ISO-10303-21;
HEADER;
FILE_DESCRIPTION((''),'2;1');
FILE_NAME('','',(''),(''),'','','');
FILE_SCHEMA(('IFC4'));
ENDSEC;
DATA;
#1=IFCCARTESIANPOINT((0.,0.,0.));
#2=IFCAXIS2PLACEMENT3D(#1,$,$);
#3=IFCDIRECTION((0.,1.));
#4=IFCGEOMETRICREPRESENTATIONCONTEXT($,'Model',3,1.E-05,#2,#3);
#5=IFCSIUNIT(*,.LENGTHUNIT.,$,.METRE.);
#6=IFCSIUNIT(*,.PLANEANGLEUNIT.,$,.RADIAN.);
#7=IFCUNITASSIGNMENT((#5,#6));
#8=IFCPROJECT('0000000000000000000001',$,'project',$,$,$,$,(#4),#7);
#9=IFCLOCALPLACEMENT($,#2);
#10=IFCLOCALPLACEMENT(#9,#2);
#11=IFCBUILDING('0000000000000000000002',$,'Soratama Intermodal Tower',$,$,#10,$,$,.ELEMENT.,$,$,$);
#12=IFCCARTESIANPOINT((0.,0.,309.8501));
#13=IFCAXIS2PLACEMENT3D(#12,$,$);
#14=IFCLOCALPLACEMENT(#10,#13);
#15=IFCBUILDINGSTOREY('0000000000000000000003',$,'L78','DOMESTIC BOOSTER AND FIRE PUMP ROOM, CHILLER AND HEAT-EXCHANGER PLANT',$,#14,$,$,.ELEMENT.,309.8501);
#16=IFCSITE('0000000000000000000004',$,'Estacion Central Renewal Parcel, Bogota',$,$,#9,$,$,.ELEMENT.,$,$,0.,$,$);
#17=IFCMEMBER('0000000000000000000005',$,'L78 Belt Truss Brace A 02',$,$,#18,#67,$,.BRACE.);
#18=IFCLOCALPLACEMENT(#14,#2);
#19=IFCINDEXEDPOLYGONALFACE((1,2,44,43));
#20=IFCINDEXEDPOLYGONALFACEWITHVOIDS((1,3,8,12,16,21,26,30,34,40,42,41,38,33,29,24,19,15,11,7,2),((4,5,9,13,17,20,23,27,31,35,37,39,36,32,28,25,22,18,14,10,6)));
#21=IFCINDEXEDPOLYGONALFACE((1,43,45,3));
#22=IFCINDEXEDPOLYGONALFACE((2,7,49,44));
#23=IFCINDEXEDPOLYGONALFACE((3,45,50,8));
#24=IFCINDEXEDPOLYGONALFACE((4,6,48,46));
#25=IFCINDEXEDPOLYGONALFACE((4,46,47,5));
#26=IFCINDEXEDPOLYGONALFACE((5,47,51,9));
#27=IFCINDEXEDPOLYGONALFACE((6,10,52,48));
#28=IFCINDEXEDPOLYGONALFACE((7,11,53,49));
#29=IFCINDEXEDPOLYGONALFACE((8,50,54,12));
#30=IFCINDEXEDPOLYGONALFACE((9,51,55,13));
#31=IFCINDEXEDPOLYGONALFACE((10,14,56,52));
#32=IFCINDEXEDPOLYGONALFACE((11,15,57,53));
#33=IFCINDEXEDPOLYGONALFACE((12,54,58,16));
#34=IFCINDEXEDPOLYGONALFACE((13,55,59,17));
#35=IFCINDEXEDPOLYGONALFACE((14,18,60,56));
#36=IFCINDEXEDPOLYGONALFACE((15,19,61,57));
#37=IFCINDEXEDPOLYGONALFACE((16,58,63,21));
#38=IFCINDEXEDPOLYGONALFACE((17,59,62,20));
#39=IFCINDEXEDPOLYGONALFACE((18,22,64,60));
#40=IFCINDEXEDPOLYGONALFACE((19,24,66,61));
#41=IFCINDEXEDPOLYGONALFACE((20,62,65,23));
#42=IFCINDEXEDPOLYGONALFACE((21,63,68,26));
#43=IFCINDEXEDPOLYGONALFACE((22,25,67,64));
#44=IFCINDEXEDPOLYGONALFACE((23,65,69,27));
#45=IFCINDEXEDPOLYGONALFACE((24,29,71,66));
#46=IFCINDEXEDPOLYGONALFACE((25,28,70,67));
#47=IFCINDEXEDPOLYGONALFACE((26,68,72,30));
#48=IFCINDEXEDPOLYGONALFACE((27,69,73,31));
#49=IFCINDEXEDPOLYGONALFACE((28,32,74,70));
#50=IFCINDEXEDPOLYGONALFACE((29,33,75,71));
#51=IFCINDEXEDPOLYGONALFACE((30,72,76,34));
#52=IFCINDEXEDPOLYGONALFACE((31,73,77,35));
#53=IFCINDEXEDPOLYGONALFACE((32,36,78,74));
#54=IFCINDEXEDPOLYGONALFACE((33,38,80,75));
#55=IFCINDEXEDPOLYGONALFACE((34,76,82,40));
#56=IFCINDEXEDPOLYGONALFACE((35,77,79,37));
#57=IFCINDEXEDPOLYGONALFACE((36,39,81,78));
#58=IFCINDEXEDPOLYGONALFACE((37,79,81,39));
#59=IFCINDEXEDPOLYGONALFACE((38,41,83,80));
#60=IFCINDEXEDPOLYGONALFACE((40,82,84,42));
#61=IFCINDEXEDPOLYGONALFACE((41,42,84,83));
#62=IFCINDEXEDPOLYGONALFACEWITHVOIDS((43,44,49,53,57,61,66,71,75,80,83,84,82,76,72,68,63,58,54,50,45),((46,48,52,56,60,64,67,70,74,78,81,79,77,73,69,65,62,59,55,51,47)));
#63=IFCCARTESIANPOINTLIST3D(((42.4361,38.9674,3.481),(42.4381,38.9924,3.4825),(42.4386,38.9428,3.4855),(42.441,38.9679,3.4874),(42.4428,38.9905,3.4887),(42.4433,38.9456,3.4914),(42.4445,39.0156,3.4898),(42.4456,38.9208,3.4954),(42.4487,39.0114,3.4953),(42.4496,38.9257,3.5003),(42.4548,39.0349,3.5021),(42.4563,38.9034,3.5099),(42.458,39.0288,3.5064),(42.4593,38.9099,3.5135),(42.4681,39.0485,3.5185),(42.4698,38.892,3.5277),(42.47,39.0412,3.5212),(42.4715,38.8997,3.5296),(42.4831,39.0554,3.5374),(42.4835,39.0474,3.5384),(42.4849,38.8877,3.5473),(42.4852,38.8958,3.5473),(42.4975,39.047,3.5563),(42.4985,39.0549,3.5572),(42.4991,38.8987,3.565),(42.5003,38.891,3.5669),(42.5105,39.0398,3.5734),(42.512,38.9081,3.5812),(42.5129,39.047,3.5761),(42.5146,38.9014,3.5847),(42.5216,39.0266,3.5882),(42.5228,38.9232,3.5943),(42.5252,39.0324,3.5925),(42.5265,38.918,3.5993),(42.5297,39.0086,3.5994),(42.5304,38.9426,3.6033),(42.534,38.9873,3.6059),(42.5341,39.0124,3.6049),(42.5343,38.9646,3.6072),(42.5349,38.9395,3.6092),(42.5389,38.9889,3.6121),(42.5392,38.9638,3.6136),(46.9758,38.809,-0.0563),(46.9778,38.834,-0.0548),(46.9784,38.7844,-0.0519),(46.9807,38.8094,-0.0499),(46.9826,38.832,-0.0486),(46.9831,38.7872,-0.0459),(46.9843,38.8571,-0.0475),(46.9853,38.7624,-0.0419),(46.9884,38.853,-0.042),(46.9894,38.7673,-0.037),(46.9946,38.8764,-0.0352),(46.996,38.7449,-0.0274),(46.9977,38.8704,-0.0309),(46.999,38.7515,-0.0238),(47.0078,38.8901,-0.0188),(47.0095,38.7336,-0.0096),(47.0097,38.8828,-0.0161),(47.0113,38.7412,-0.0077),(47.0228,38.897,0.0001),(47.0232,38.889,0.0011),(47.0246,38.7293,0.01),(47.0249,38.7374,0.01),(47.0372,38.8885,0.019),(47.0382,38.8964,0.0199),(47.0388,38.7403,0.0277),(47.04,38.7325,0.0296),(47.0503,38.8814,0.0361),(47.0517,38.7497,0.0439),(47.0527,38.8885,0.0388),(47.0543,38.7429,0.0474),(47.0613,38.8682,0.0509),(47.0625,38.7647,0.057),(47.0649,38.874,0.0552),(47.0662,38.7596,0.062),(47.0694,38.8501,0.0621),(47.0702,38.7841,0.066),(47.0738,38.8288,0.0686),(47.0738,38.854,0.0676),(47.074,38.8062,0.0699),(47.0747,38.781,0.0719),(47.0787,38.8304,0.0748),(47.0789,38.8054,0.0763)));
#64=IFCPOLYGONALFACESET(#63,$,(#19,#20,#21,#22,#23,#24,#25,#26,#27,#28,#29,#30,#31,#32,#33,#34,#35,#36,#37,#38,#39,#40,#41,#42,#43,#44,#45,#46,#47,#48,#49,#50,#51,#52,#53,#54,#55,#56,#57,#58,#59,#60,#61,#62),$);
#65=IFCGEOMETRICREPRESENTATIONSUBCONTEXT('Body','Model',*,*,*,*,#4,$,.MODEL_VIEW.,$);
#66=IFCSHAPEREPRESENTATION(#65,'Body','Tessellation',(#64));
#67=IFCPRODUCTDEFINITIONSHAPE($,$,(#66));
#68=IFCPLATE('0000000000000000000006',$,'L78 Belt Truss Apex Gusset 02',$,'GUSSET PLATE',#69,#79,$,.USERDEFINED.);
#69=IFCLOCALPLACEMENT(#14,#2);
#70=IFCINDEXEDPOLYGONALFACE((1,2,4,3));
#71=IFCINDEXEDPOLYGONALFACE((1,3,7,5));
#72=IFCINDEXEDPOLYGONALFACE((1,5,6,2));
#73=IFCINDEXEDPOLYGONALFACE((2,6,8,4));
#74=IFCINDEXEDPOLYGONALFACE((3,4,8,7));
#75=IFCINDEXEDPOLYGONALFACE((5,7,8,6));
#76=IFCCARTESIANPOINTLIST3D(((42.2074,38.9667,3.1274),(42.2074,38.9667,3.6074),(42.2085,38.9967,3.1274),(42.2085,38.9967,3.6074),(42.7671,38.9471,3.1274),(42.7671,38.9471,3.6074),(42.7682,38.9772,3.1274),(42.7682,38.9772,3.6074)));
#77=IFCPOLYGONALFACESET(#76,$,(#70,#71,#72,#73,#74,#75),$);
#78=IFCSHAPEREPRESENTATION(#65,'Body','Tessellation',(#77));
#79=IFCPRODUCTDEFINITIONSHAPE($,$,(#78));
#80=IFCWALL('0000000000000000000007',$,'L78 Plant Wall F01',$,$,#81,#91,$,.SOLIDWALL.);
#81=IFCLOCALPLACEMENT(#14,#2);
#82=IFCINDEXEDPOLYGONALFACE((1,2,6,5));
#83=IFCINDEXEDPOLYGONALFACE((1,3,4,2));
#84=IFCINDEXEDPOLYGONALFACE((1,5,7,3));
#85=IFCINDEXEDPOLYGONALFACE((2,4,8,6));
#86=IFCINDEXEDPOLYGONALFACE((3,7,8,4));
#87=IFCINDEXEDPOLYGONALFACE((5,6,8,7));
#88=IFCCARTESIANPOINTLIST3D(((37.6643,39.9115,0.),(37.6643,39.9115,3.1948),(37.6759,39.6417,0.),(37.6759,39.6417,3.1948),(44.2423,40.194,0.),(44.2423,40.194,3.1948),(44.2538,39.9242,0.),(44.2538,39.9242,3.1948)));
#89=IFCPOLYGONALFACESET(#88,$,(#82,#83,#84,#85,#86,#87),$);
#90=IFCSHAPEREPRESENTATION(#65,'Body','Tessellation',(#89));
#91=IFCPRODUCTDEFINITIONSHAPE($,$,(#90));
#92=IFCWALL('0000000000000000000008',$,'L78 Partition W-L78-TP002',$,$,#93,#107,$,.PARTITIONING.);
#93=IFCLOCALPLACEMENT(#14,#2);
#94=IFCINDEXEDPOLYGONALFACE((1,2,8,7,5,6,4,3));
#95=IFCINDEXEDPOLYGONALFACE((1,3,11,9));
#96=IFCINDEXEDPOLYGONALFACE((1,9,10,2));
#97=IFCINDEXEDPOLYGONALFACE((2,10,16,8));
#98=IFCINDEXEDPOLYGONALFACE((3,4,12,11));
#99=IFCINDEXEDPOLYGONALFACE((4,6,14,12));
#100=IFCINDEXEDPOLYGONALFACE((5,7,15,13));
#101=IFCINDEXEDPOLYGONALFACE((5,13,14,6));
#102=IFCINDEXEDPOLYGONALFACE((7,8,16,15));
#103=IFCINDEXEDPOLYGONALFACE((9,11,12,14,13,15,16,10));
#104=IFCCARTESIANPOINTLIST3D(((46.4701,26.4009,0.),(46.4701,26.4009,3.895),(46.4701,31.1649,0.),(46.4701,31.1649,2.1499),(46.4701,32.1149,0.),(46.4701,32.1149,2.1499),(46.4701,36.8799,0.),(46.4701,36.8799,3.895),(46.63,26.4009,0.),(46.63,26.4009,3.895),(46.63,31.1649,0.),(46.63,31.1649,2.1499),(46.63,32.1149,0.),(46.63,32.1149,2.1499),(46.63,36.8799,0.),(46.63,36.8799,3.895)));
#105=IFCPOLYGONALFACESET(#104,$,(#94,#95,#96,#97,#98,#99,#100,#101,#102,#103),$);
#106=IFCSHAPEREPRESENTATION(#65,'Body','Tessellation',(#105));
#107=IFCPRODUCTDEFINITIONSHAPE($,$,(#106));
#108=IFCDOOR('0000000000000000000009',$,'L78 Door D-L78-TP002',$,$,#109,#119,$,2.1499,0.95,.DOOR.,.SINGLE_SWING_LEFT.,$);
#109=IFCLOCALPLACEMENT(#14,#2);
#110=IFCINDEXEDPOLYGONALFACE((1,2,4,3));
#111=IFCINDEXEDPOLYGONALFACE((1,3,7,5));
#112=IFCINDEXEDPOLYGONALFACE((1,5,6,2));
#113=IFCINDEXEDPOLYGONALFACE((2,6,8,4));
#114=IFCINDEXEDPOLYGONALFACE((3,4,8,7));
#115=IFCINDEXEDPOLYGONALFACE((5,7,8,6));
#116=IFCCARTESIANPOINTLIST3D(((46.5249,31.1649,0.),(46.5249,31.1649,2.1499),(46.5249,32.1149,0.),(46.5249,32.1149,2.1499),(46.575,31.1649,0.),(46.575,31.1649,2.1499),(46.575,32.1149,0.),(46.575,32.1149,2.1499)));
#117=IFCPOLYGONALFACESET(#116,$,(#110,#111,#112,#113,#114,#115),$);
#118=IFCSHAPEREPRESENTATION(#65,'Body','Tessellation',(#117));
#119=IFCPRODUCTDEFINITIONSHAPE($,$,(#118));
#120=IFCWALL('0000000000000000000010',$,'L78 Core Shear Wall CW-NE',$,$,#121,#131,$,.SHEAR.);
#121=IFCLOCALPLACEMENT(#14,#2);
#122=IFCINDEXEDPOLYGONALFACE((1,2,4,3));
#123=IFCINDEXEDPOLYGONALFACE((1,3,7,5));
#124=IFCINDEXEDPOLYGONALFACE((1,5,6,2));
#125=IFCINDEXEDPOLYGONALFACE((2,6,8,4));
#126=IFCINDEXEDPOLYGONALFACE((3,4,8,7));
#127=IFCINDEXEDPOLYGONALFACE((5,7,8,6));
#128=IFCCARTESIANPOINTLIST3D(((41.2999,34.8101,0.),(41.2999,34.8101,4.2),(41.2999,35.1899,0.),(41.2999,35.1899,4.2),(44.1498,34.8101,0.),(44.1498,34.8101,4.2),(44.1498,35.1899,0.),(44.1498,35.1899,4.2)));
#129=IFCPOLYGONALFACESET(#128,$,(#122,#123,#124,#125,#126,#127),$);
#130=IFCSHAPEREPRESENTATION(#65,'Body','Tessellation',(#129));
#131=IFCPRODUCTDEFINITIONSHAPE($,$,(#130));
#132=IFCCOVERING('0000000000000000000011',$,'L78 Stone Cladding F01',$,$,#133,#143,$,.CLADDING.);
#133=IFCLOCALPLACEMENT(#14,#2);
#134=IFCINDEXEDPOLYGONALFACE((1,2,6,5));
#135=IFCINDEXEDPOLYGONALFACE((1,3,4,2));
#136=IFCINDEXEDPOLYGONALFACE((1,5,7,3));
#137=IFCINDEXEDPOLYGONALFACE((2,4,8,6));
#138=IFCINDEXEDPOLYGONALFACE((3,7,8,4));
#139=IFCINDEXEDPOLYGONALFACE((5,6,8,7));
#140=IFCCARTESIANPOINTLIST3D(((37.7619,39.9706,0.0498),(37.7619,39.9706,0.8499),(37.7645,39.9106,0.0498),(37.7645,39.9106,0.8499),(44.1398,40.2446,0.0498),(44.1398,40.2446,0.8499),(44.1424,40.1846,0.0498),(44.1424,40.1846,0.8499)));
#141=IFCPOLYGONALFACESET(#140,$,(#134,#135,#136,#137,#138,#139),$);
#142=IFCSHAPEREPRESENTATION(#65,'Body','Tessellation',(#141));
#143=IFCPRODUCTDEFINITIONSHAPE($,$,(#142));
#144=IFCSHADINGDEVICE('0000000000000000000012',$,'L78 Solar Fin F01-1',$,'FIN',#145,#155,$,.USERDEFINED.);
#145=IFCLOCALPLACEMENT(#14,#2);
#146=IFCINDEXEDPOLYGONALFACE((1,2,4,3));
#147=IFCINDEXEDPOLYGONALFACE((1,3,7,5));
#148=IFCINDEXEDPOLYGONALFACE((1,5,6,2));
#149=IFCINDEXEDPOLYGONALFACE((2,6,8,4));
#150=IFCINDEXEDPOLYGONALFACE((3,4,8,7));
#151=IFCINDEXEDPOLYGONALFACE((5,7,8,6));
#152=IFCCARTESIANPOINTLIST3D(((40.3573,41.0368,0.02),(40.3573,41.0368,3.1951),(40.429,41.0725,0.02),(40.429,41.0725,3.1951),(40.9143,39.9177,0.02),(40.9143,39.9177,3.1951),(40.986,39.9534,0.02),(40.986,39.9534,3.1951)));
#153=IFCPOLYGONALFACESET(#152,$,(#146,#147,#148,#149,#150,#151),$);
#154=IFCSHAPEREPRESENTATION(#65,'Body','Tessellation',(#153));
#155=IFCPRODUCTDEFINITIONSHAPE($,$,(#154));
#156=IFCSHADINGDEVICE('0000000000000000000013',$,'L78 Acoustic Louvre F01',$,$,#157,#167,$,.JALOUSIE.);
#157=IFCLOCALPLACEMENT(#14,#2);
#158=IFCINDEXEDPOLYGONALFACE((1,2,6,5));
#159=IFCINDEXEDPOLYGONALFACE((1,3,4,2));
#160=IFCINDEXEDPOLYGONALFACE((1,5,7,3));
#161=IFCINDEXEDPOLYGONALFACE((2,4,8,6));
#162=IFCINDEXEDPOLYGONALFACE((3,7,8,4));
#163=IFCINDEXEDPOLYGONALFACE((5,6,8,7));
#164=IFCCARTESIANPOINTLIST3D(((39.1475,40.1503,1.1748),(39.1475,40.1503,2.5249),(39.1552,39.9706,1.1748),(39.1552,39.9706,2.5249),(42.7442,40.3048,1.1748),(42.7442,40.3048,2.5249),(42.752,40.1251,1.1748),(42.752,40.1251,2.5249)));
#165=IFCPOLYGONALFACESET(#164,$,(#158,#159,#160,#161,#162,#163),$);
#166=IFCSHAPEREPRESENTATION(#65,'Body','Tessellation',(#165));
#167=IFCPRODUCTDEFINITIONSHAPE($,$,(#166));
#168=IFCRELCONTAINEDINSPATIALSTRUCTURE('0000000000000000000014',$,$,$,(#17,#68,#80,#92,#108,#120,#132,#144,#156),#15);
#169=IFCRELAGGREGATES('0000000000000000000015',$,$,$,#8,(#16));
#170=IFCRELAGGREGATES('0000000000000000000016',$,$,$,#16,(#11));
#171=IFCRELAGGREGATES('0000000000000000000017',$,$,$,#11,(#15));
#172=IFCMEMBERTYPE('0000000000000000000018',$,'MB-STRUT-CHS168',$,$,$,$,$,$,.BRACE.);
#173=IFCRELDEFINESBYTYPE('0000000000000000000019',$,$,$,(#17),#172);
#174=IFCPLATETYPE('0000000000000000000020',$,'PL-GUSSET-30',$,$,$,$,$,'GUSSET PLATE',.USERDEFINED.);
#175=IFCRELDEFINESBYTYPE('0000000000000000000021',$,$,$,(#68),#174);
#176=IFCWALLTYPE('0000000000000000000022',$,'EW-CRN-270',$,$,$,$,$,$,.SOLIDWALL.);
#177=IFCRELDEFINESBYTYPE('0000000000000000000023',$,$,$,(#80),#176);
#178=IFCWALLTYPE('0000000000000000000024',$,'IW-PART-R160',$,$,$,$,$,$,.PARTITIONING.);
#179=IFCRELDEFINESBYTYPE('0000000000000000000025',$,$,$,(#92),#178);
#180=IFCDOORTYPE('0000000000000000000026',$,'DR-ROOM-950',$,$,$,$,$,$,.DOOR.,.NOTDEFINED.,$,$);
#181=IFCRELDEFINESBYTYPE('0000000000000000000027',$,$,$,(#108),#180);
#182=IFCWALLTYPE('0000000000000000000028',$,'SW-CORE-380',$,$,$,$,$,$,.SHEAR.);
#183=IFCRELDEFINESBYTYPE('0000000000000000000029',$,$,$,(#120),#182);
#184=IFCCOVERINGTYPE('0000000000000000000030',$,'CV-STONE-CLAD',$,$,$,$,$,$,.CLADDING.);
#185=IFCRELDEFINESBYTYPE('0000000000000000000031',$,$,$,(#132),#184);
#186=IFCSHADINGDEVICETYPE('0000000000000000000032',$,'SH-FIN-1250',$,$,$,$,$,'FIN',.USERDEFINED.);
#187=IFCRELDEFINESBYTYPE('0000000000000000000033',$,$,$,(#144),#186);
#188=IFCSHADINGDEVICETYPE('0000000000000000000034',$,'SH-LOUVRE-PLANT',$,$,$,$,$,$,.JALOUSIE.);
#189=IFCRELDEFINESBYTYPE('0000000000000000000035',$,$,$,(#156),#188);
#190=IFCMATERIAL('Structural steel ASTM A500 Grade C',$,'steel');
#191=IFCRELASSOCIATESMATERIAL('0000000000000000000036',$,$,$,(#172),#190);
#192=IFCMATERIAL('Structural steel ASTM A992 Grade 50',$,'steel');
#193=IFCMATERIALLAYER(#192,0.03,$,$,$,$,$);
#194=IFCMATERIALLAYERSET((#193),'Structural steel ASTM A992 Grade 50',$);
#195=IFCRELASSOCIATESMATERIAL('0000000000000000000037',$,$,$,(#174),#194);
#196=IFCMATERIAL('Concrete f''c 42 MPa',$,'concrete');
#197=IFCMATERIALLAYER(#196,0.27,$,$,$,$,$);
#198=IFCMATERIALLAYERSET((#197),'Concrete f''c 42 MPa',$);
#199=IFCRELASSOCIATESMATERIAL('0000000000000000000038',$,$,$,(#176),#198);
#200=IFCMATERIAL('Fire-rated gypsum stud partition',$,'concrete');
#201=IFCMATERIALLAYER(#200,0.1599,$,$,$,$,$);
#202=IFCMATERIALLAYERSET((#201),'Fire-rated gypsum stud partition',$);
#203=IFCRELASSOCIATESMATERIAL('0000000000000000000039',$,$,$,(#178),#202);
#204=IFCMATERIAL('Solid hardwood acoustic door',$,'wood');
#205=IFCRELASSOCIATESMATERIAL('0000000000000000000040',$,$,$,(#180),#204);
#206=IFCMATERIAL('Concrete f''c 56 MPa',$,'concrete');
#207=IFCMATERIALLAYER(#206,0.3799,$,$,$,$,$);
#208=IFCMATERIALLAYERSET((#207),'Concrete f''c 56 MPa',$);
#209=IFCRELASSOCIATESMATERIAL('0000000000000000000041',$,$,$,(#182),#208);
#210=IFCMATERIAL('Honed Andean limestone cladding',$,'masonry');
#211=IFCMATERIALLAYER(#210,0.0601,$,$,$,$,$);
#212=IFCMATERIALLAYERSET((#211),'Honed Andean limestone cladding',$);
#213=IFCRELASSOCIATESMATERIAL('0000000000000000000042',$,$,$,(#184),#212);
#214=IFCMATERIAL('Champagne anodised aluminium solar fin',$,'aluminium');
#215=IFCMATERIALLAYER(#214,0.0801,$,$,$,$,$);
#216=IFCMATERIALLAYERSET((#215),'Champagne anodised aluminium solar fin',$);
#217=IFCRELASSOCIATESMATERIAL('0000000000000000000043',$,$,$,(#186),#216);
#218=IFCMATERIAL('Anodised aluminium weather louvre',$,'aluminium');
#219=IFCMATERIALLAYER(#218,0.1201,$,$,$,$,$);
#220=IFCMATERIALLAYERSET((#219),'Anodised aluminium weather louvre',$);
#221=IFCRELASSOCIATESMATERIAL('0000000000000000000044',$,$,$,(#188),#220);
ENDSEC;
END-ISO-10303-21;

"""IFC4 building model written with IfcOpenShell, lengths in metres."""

from ifc_helpers import new_model, si_unit, direction, frame, frame_2d, origin, origin_2d, place, context, subcontext, project, spatial, rectangle, hollow_circle, extrude, material, layer, layer_set, material_profile, profile_set, type_object, element, fill, save


model = new_model("IFC4")

# Units and contexts
model_context = context("Model", 3, precision=1e-05, world=origin(), true_north=direction((0.0, 1.0)))
body_context = subcontext(model_context, "Body", "Model", "MODEL_VIEW")
ifc_project = project(units=[si_unit("LENGTHUNIT", "METRE"), si_unit("PLANEANGLEUNIT", "RADIAN")], contexts=[model_context])

# Site, building, storey
site_placement = place(None, origin())
site = spatial("IfcSite", under=ifc_project, at=site_placement, Name="Estacion Central Renewal Parcel, Bogota", CompositionType="ELEMENT", RefElevation=0.0)
building_placement = place(site_placement, origin())
building = spatial("IfcBuilding", under=site, at=building_placement, Name="Soratama Intermodal Tower", CompositionType="ELEMENT")
storey_placement = place(building_placement, frame((0.0, 0.0, 309.8501)))
storey = spatial("IfcBuildingStorey", under=building, at=storey_placement, Name="L78", Description="DOMESTIC BOOSTER AND FIRE PUMP ROOM, CHILLER AND HEAT-EXCHANGER PLANT", CompositionType="ELEMENT", Elevation=309.8501)

# Member
ifc_material_1 = material(Name="Structural steel ASTM A500 Grade C", Category="steel")
ifc_material_profile_1 = material_profile(ifc_material_1, hollow_circle(Radius=0.0842, WallThickness=0.0081, at=origin_2d()), Name="CHS168X8")
ifc_profile_set_1 = profile_set([ifc_material_profile_1], Name="Structural steel ASTM A500 Grade C")
member_type = type_object("IfcMemberType", Name="MB-STRUT-CHS168", PredefinedType="BRACE", material=ifc_profile_set_1)
member_1_placement = place(storey_placement, frame((47.0276, 38.8135, 0.01), z_axis=(-0.788514, 0.027521, 0.614401), x_axis=(-0.034881, -0.999391, 0.0)))
element("IfcMember", 1, at=member_1_placement, inside=storey, type_object=member_type, Name="L78 Belt Truss Brace A 02", PredefinedType="BRACE", context=body_context, shape_type="SweptSolid", body=[
    extrude(hollow_circle(Radius=0.0842, WallThickness=0.0081, at=origin_2d()), origin(), (0.0, 0.0, 1.0), 5.7573),
])

# Plate
ifc_material_2 = material(Name="Structural steel ASTM A992 Grade 50", Category="steel")
ifc_layer_1 = layer(ifc_material_2, 0.03)
ifc_layer_set_1 = layer_set([ifc_layer_1], Name="Structural steel ASTM A992 Grade 50")
plate_type = type_object("IfcPlateType", Name="PL-GUSSET-30", ElementType="GUSSET PLATE", PredefinedType="USERDEFINED", material=ifc_layer_set_1)
plate_placement = place(storey_placement, frame((42.4878, 38.9719, 3.1274), z_axis=(0.0, 0.0, 1.0), x_axis=(-0.999391, 0.034899, 0.0)))
element("IfcPlate", 2, at=plate_placement, inside=storey, type_object=plate_type, Name="L78 Belt Truss Apex Gusset 02", ObjectType="GUSSET PLATE", PredefinedType="USERDEFINED", context=body_context, shape_type="SweptSolid", body=[
    extrude(rectangle(XDim=0.5601, YDim=0.03, at=origin_2d()), origin(), (0.0, 0.0, 1.0), 0.48),
])

# Wall
ifc_material_3 = material(Name="Concrete f'c 42 MPa", Category="concrete")
ifc_layer_2 = layer(ifc_material_3, 0.27)
ifc_layer_set_2 = layer_set([ifc_layer_2], Name="Concrete f'c 42 MPa")
wall_type_1 = type_object("IfcWallType", Name="EW-CRN-270", PredefinedType="SOLIDWALL", material=ifc_layer_set_2)
wall_1_placement = place(storey_placement, frame((44.248, 40.0591, 0.0), z_axis=(0.0, 0.0, 1.0), x_axis=(-0.999079, -0.042903, 0.0)))
element("IfcWall", 3, at=wall_1_placement, inside=storey, type_object=wall_type_1, Name="L78 Plant Wall F01", PredefinedType="SOLIDWALL", context=body_context, shape_type="SweptSolid", body=[
    extrude(rectangle(XDim=6.584, YDim=0.27, at=frame_2d((3.292, 0.0))), origin(), (0.0, 0.0, 1.0), 3.1948),
])

# Wall, opening, door
ifc_material_4 = material(Name="Fire-rated gypsum stud partition", Category="concrete")
ifc_layer_3 = layer(ifc_material_4, 0.1599)
ifc_layer_set_3 = layer_set([ifc_layer_3], Name="Fire-rated gypsum stud partition")
wall_type_2 = type_object("IfcWallType", Name="IW-PART-R160", PredefinedType="PARTITIONING", material=ifc_layer_set_3)
wall_2_placement = place(storey_placement, frame((46.55, 36.8799, 0.0), z_axis=(0.0, 0.0, 1.0), x_axis=(0.0, -1.0, 0.0)))
wall_2 = element("IfcWall", 4, at=wall_2_placement, inside=storey, type_object=wall_type_2, Name="L78 Partition W-L78-TP002", PredefinedType="PARTITIONING", context=body_context, shape_type="SweptSolid", body=[
    extrude(rectangle(XDim=10.479, YDim=0.1599, at=frame_2d((5.2395, 0.0))), origin(), (0.0, 0.0, 1.0), 3.895),
])
opening_placement = place(wall_2_placement, frame((4.7649, 0.0, 0.0)))
opening = element("IfcOpeningElement", 5, at=opening_placement, cuts=wall_2, PredefinedType="OPENING", context=body_context, shape_type="SweptSolid", body=[
    extrude(rectangle(XDim=0.95, YDim=2.1499, at=frame_2d((0.4751, 1.075))), frame((0.0, 0.0898, 0.0), z_axis=(0.0, -1.0, 0.0), x_axis=(1.0, 0.0, 0.0)), (0.0, 0.0, 1.0), 0.1799),
])
ifc_material_5 = material(Name="Solid hardwood acoustic door", Category="wood")
door_type = type_object("IfcDoorType", Name="DR-ROOM-950", OperationType="NOTDEFINED", PredefinedType="DOOR", material=ifc_material_5)
door_placement = place(opening_placement, origin())
door = element("IfcDoor", 6, at=door_placement, inside=storey, type_object=door_type, Name="L78 Door D-L78-TP002", OperationType="SINGLE_SWING_LEFT", OverallHeight=2.1499, OverallWidth=0.95, PredefinedType="DOOR", context=body_context, shape_type="SweptSolid", body=[
    extrude(rectangle(XDim=0.95, YDim=2.1499, at=frame_2d((0.4751, 1.075))), frame((0.0, 0.0249, 0.0), z_axis=(0.0, -1.0, 0.0), x_axis=(1.0, 0.0, 0.0)), (0.0, 0.0, 1.0), 0.05),
])
fill(opening, door)

# Wall
ifc_material_6 = material(Name="Concrete f'c 56 MPa", Category="concrete")
ifc_layer_4 = layer(ifc_material_6, 0.3799)
ifc_layer_set_4 = layer_set([ifc_layer_4], Name="Concrete f'c 56 MPa")
wall_type_3 = type_object("IfcWallType", Name="SW-CORE-380", PredefinedType="SHEAR", material=ifc_layer_set_4)
wall_3_placement = place(storey_placement, frame((41.3, 35.0, 0.0), z_axis=(0.0, 0.0, 1.0), x_axis=(1.0, 0.0, 0.0)))
element("IfcWall", 7, at=wall_3_placement, inside=storey, type_object=wall_type_3, Name="L78 Core Shear Wall CW-NE", PredefinedType="SHEAR", context=body_context, shape_type="SweptSolid", body=[
    extrude(rectangle(XDim=2.8499, YDim=0.3799, at=frame_2d((1.4248, 0.0))), origin(), (0.0, 0.0, 1.0), 4.2),
])

# Covering
ifc_material_7 = material(Name="Honed Andean limestone cladding", Category="masonry")
ifc_layer_5 = layer(ifc_material_7, 0.0601)
ifc_layer_set_5 = layer_set([ifc_layer_5], Name="Honed Andean limestone cladding")
covering_type = type_object("IfcCoveringType", Name="CV-STONE-CLAD", PredefinedType="CLADDING", material=ifc_layer_set_5)
covering_placement = place(storey_placement, frame((40.9521, 40.0776, 0.0498), z_axis=(0.0, 0.0, 1.0), x_axis=(-0.999078, -0.042922, 0.0)))
element("IfcCovering", 8, at=covering_placement, inside=storey, type_object=covering_type, Name="L78 Stone Cladding F01", PredefinedType="CLADDING", context=body_context, shape_type="SweptSolid", body=[
    extrude(rectangle(XDim=6.3838, YDim=0.0601, at=origin_2d()), origin(), (0.0, 0.0, 1.0), 0.8),
])

# Shading devices
ifc_material_8 = material(Name="Champagne anodised aluminium solar fin", Category="aluminium")
ifc_layer_6 = layer(ifc_material_8, 0.0801)
ifc_layer_set_6 = layer_set([ifc_layer_6], Name="Champagne anodised aluminium solar fin")
shading_device_type_1 = type_object("IfcShadingDeviceType", Name="SH-FIN-1250", ElementType="FIN", PredefinedType="USERDEFINED", material=ifc_layer_set_6)
shading_device_1_placement = place(storey_placement, frame((40.6716, 40.4951, 0.02), z_axis=(0.0, 0.0, 1.0), x_axis=(-0.445573, 0.895246, 0.0)))
element("IfcShadingDevice", 9, at=shading_device_1_placement, inside=storey, type_object=shading_device_type_1, Name="L78 Solar Fin F01-1", ObjectType="FIN", PredefinedType="USERDEFINED", context=body_context, shape_type="SweptSolid", body=[
    extrude(rectangle(XDim=1.25, YDim=0.0801, at=origin_2d()), origin(), (0.0, 0.0, 1.0), 3.175),
])
ifc_material_9 = material(Name="Anodised aluminium weather louvre", Category="aluminium")
ifc_layer_7 = layer(ifc_material_9, 0.1201)
ifc_layer_set_7 = layer_set([ifc_layer_7], Name="Anodised aluminium weather louvre")
shading_device_type_2 = type_object("IfcShadingDeviceType", Name="SH-LOUVRE-PLANT", PredefinedType="JALOUSIE", material=ifc_layer_set_7)
shading_device_2_placement = place(storey_placement, frame((40.9497, 40.1377, 1.1748), z_axis=(0.0, 0.0, 1.0), x_axis=(-0.999078, -0.042922, 0.0)))
element("IfcShadingDevice", 10, at=shading_device_2_placement, inside=storey, type_object=shading_device_type_2, Name="L78 Acoustic Louvre F01", PredefinedType="JALOUSIE", context=body_context, shape_type="SweptSolid", body=[
    extrude(rectangle(XDim=3.6001, YDim=0.1799, at=origin_2d()), origin(), (0.0, 0.0, 1.0), 1.3501),
])

save(model, "model.ifc")
